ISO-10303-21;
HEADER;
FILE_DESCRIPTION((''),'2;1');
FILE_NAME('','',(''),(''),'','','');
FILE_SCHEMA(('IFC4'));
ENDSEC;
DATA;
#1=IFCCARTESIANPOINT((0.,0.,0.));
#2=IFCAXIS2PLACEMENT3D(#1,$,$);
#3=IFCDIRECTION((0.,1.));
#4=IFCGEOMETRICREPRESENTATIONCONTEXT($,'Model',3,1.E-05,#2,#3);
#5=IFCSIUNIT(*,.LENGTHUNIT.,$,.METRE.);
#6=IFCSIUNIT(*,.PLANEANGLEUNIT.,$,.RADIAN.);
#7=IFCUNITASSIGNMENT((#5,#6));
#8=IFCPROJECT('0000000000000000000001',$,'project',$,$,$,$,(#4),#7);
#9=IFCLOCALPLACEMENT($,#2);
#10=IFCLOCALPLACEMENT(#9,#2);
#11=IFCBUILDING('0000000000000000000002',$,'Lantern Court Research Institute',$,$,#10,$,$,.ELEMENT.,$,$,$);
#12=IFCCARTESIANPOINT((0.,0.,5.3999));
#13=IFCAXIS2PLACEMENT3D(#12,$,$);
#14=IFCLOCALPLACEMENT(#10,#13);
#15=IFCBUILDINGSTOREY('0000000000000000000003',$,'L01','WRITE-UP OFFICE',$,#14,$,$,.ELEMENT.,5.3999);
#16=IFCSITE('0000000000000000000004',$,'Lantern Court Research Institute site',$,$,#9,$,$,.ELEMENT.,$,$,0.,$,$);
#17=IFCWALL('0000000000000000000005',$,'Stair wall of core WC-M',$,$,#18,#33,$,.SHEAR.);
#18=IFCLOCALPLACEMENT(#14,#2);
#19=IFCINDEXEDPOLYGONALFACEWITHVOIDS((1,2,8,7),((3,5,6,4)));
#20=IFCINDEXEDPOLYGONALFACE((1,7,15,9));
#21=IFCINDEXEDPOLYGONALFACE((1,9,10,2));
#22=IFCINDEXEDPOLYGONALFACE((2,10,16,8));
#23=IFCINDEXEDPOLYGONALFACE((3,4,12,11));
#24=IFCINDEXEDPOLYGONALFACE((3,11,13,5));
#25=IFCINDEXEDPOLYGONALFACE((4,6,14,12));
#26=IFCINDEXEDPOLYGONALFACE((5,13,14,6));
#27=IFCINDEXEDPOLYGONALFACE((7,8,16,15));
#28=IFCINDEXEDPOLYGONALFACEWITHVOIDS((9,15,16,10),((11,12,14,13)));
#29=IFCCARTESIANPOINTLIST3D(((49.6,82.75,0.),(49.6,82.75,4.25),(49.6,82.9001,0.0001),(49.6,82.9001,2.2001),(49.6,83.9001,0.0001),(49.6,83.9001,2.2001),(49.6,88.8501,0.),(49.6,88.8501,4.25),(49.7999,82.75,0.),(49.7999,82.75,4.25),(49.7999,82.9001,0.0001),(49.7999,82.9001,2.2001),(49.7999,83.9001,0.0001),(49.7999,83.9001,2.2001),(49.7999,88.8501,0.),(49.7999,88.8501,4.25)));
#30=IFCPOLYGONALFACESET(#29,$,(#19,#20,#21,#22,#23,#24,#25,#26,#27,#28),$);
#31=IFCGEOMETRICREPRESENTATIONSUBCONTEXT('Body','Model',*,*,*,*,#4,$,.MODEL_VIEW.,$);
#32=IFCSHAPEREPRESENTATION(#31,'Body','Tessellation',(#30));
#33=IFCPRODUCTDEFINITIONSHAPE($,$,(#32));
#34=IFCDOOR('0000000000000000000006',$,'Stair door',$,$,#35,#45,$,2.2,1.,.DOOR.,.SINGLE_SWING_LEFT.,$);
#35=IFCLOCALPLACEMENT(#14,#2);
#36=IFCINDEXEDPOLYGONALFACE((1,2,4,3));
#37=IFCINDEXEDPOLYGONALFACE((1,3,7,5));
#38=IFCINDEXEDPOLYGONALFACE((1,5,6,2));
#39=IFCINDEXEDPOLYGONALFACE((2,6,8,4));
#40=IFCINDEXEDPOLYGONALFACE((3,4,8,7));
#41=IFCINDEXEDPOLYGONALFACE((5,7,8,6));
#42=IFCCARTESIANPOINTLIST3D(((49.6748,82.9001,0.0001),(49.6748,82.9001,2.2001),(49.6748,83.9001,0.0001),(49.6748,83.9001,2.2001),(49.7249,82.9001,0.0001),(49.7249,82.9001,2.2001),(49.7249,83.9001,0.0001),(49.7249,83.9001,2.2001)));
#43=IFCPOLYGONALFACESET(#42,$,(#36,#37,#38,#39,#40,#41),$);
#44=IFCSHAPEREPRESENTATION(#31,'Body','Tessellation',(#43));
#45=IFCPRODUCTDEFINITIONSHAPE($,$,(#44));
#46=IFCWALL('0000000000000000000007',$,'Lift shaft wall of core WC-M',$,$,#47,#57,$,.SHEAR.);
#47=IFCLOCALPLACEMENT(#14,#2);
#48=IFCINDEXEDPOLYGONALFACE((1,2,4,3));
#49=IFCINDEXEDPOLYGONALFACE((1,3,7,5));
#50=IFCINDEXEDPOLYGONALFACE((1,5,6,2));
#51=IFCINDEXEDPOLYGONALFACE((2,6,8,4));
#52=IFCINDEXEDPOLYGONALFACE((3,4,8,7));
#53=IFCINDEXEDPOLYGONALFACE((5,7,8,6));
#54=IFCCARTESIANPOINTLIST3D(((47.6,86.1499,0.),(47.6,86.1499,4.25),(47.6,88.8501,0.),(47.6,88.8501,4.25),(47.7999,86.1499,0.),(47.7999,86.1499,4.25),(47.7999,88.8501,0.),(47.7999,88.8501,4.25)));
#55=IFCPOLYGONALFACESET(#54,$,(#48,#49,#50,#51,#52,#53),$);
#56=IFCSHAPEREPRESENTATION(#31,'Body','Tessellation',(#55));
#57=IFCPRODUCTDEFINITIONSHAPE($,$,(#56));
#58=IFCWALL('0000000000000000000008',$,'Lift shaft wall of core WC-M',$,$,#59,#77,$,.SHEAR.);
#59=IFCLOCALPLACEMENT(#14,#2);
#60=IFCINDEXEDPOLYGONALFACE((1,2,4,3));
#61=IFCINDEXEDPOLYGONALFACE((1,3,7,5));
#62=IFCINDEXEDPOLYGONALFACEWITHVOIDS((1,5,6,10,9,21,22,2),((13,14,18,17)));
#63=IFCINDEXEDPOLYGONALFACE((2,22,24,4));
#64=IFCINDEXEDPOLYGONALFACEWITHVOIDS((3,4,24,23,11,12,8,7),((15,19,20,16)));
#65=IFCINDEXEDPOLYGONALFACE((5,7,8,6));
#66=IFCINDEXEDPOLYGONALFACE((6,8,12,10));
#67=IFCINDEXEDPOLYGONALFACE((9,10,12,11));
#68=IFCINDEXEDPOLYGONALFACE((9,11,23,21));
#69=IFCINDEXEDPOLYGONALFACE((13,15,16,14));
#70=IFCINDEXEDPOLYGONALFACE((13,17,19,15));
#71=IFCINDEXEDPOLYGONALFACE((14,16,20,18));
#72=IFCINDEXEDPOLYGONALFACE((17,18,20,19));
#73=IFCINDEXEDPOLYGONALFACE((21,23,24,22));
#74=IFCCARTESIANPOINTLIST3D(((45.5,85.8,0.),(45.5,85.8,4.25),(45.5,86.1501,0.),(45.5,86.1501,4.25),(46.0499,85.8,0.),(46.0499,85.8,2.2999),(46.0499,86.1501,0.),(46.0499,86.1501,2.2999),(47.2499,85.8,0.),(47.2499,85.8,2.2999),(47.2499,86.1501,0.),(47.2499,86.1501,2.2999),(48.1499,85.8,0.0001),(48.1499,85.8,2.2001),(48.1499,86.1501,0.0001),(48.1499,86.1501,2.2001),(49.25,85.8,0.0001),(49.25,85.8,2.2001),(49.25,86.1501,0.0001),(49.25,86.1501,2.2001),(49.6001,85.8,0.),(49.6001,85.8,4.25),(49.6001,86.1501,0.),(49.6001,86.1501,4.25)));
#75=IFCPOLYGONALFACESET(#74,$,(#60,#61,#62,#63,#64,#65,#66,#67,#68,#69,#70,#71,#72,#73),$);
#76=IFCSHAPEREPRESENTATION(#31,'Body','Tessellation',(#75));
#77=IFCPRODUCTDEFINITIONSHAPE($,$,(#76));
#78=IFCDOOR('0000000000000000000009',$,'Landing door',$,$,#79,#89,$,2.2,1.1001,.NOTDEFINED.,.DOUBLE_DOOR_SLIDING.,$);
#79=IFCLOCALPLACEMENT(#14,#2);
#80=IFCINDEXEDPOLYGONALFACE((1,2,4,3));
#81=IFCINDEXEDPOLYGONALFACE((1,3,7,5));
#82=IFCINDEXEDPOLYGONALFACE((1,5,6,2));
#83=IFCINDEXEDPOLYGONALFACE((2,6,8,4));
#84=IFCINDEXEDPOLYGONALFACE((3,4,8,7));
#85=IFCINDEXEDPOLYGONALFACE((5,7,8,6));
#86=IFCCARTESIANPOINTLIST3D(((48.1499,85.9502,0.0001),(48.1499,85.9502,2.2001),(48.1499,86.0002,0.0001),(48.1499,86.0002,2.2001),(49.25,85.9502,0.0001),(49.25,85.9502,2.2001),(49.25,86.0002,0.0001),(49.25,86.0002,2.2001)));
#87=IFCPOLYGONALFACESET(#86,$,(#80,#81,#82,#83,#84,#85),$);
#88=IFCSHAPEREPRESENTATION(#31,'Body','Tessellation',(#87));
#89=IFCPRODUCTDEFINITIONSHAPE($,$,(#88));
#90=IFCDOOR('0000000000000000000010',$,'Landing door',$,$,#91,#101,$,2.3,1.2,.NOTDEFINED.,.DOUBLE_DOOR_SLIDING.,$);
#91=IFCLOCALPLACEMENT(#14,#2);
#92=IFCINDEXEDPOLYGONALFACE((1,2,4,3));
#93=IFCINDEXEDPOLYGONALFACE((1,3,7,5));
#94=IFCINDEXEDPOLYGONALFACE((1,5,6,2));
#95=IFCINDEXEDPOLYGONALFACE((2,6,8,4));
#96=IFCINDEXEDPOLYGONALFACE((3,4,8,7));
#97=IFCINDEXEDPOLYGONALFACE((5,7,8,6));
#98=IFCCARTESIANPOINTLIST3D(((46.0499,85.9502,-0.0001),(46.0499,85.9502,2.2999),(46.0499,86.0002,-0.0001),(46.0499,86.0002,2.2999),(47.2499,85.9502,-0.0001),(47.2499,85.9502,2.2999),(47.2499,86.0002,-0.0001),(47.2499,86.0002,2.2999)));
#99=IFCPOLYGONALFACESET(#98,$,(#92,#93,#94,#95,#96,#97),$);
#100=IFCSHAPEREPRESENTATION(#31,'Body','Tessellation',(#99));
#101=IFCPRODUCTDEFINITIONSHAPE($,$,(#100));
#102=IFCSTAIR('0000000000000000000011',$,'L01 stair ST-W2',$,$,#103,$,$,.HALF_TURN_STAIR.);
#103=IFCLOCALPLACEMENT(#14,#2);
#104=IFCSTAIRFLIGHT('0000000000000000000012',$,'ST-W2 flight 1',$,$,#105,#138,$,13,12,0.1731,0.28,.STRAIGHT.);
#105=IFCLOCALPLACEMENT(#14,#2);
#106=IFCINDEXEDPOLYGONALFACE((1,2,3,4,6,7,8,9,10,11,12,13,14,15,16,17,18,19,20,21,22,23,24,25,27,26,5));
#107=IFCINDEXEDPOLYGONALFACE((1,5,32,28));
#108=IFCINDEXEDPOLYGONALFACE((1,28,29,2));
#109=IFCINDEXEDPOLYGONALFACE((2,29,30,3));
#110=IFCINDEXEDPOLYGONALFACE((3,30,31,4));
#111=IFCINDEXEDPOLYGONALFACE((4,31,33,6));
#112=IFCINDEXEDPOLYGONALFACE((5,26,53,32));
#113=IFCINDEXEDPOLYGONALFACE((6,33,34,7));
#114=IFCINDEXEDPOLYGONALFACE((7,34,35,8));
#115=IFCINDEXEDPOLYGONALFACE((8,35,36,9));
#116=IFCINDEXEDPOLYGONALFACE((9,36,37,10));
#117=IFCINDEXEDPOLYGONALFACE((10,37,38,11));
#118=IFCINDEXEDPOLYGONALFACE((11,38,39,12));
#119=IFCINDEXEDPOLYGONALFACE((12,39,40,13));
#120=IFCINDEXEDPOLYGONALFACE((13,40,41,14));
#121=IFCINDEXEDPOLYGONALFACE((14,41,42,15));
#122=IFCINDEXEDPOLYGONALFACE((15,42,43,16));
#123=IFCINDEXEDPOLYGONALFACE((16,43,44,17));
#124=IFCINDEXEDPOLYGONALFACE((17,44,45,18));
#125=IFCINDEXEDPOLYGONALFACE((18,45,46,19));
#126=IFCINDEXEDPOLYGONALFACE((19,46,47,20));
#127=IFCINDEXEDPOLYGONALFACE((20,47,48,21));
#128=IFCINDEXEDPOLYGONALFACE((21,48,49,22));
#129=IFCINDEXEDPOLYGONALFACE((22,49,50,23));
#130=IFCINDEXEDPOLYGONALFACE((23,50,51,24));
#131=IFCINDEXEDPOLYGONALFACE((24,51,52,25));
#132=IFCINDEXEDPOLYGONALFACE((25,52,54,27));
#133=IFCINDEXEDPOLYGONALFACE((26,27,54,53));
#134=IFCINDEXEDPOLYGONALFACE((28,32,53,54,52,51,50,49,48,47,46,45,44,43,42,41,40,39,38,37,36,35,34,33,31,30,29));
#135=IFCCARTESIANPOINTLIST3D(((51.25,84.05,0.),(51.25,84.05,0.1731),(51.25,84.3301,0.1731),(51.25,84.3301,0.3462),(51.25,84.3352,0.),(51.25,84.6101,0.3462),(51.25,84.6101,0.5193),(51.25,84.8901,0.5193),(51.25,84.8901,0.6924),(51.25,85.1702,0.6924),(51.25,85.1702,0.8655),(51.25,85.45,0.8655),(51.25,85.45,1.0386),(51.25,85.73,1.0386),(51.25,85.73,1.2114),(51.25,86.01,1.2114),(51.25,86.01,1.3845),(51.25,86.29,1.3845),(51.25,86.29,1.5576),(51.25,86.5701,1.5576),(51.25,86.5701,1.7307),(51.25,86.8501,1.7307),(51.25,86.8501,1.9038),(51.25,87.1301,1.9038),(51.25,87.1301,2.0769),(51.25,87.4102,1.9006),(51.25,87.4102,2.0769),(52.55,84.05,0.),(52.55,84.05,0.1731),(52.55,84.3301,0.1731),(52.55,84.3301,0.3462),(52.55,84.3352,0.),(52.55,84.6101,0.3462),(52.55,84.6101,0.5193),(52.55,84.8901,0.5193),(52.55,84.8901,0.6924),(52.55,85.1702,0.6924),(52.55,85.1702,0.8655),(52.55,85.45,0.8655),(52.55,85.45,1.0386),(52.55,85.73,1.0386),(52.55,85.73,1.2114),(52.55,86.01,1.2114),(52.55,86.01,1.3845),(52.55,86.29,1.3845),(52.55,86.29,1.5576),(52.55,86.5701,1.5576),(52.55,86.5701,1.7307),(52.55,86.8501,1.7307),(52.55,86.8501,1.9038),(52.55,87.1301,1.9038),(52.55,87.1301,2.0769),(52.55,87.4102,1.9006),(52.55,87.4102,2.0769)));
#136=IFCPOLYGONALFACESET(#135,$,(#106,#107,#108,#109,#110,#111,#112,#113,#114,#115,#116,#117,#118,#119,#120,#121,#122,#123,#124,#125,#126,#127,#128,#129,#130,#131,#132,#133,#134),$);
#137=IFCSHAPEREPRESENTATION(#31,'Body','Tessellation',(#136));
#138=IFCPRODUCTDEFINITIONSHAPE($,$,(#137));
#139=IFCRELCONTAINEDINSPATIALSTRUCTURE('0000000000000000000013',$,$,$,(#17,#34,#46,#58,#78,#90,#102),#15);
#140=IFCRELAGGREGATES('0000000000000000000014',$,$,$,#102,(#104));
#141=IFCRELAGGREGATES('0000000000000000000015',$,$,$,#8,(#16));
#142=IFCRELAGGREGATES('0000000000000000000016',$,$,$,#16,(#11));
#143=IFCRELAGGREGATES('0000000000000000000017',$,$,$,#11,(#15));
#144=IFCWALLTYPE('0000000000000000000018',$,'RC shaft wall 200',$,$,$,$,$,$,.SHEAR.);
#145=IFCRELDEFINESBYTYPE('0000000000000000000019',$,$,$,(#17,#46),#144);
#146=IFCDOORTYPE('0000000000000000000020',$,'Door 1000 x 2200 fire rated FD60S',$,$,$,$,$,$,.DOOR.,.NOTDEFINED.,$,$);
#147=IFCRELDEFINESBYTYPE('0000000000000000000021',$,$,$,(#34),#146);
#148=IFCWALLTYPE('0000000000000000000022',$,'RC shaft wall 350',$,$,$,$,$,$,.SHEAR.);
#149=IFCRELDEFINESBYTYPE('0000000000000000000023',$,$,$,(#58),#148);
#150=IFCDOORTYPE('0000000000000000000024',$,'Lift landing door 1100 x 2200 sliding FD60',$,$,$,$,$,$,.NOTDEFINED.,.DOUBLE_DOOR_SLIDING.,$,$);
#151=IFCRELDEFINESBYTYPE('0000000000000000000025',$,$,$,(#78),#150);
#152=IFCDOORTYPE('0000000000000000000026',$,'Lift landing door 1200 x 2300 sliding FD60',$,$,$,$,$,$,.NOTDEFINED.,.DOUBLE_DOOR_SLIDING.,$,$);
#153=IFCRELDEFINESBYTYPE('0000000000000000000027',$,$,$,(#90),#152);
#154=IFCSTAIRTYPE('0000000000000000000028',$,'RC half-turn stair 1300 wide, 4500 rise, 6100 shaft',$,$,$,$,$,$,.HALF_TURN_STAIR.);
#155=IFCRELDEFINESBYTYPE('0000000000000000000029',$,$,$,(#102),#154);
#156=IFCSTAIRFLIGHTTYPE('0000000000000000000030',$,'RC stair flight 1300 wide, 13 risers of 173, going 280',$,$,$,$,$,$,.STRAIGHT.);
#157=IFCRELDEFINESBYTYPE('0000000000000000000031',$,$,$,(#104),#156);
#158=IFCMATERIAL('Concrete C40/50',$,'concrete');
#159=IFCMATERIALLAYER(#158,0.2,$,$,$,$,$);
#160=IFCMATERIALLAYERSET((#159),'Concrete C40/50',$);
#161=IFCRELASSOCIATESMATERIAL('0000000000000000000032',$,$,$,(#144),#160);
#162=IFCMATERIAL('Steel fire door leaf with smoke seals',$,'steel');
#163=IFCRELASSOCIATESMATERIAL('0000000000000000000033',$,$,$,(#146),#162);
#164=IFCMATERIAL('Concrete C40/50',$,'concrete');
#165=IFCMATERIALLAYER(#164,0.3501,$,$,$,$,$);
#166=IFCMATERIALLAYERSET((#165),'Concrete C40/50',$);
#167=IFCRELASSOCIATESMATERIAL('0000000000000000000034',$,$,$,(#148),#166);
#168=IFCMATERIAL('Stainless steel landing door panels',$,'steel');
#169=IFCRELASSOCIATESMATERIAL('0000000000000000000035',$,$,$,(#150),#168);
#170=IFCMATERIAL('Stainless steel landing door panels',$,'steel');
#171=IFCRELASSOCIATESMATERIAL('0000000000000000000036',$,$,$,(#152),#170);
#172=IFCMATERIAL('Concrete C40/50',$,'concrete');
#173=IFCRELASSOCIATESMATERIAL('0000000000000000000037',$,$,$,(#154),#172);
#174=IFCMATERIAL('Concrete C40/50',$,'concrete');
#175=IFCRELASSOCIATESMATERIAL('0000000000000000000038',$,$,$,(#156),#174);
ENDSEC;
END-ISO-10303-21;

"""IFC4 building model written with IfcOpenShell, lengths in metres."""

from ifc_helpers import new_model, si_unit, direction, frame, frame_2d, origin, place, context, subcontext, project, spatial, polyline, rectangle, outline, extrude, material, layer, layer_set, type_object, element, fill, aggregate, save


model = new_model("IFC4")

# Units and contexts
model_context = context("Model", 3, precision=1e-05, world=origin(), true_north=direction((0.0, 1.0)))
body_context = subcontext(model_context, "Body", "Model", "MODEL_VIEW")
ifc_project = project(units=[si_unit("LENGTHUNIT", "METRE"), si_unit("PLANEANGLEUNIT", "RADIAN")], contexts=[model_context])

# Site, building, storey
site_placement = place(None, origin())
site = spatial("IfcSite", under=ifc_project, at=site_placement, Name="Lantern Court Research Institute site", CompositionType="ELEMENT", RefElevation=0.0)
building_placement = place(site_placement, origin())
building = spatial("IfcBuilding", under=site, at=building_placement, Name="Lantern Court Research Institute", CompositionType="ELEMENT")
storey_placement = place(building_placement, frame((0.0, 0.0, 5.3999)))
storey = spatial("IfcBuildingStorey", under=building, at=storey_placement, Name="L01", Description="WRITE-UP OFFICE", CompositionType="ELEMENT", Elevation=5.3999)

# Wall, opening, door
ifc_material_1 = material(Name="Concrete C40/50", Category="concrete")
ifc_layer_1 = layer(ifc_material_1, 0.2)
ifc_layer_set_1 = layer_set([ifc_layer_1], Name="Concrete C40/50")
wall_type_1 = type_object("IfcWallType", Name="RC shaft wall 200", PredefinedType="SHEAR", material=ifc_layer_set_1)
wall_1_placement = place(storey_placement, frame((49.7, 88.8501, 0.0), z_axis=(0.0, 0.0, 1.0), x_axis=(0.0, -1.0, 0.0)))
wall_1 = element("IfcWall", 1, at=wall_1_placement, inside=storey, type_object=wall_type_1, Name="Stair wall of core WC-M", PredefinedType="SHEAR", context=body_context, shape_type="SweptSolid", body=[
    extrude(rectangle(XDim=6.1001, YDim=0.2, at=frame_2d((3.05, 0.0))), origin(), (0.0, 0.0, 1.0), 4.25),
])
opening_1_placement = place(wall_1_placement, frame((4.95, 0.0, 0.0)))
opening_1 = element("IfcOpeningElement", 2, at=opening_1_placement, cuts=wall_1, PredefinedType="OPENING", context=body_context, shape_type="SweptSolid", body=[
    extrude(rectangle(XDim=1.0, YDim=2.2, at=frame_2d((0.5, 1.1001))), frame((0.0, 0.1099, 0.0), z_axis=(0.0, -1.0, 0.0), x_axis=(1.0, 0.0, 0.0)), (0.0, 0.0, 1.0), 0.22),
])
ifc_material_2 = material(Name="Steel fire door leaf with smoke seals", Category="steel")
door_type_1 = type_object("IfcDoorType", Name="Door 1000 x 2200 fire rated FD60S", OperationType="NOTDEFINED", PredefinedType="DOOR", material=ifc_material_2)
door_1_placement = place(opening_1_placement, origin())
door_1 = element("IfcDoor", 3, at=door_1_placement, inside=storey, type_object=door_type_1, Name="Stair door", OperationType="SINGLE_SWING_LEFT", OverallHeight=2.2, OverallWidth=1.0, PredefinedType="DOOR", context=body_context, shape_type="SweptSolid", body=[
    extrude(rectangle(XDim=1.0, YDim=2.2, at=frame_2d((0.5, 1.1001))), frame((0.0, 0.0249, 0.0), z_axis=(0.0, -1.0, 0.0), x_axis=(1.0, 0.0, 0.0)), (0.0, 0.0, 1.0), 0.05),
])
fill(opening_1, door_1)

# Wall
wall_2_placement = place(storey_placement, frame((47.7, 88.8501, 0.0), z_axis=(0.0, 0.0, 1.0), x_axis=(0.0, -1.0, 0.0)))
element("IfcWall", 4, at=wall_2_placement, inside=storey, type_object=wall_type_1, Name="Lift shaft wall of core WC-M", PredefinedType="SHEAR", context=body_context, shape_type="SweptSolid", body=[
    extrude(rectangle(XDim=2.7002, YDim=0.2, at=frame_2d((1.3501, 0.0))), origin(), (0.0, 0.0, 1.0), 4.25),
])

# Wall, openings, doors
ifc_material_3 = material(Name="Concrete C40/50", Category="concrete")
ifc_layer_2 = layer(ifc_material_3, 0.3501)
ifc_layer_set_2 = layer_set([ifc_layer_2], Name="Concrete C40/50")
wall_type_2 = type_object("IfcWallType", Name="RC shaft wall 350", PredefinedType="SHEAR", material=ifc_layer_set_2)
wall_3_placement = place(storey_placement, frame((49.6001, 85.9751, 0.0), z_axis=(0.0, 0.0, 1.0), x_axis=(-1.0, 0.0, 0.0)))
wall_3 = element("IfcWall", 5, at=wall_3_placement, inside=storey, type_object=wall_type_2, Name="Lift shaft wall of core WC-M", PredefinedType="SHEAR", context=body_context, shape_type="SweptSolid", body=[
    extrude(rectangle(XDim=4.1001, YDim=0.3501, at=frame_2d((2.05, 0.0))), origin(), (0.0, 0.0, 1.0), 4.25),
])
opening_2_placement = place(wall_3_placement, frame((0.3501, 0.0, 0.0)))
opening_2 = element("IfcOpeningElement", 6, at=opening_2_placement, cuts=wall_3, PredefinedType="OPENING", context=body_context, shape_type="SweptSolid", body=[
    extrude(rectangle(XDim=1.1001, YDim=2.2, at=frame_2d((0.55, 1.1001))), frame((0.0, 0.1851, 0.0), z_axis=(0.0, -1.0, 0.0), x_axis=(1.0, 0.0, 0.0)), (0.0, 0.0, 1.0), 0.3701),
])
opening_3_placement = place(wall_3_placement, frame((2.3501, 0.0, 0.0)))
opening_3 = element("IfcOpeningElement", 7, at=opening_3_placement, cuts=wall_3, PredefinedType="OPENING", context=body_context, shape_type="SweptSolid", body=[
    extrude(rectangle(XDim=1.2, YDim=2.3, at=frame_2d((0.6001, 1.1499))), frame((0.0, 0.1851, 0.0), z_axis=(0.0, -1.0, 0.0), x_axis=(1.0, 0.0, 0.0)), (0.0, 0.0, 1.0), 0.3701),
])
ifc_material_4 = material(Name="Stainless steel landing door panels", Category="steel")
door_type_2 = type_object("IfcDoorType", Name="Lift landing door 1100 x 2200 sliding FD60", OperationType="DOUBLE_DOOR_SLIDING", PredefinedType="NOTDEFINED", material=ifc_material_4)
door_2_placement = place(opening_2_placement, origin())
door_2 = element("IfcDoor", 8, at=door_2_placement, inside=storey, type_object=door_type_2, Name="Landing door", OperationType="DOUBLE_DOOR_SLIDING", OverallHeight=2.2, OverallWidth=1.1001, PredefinedType="NOTDEFINED", context=body_context, shape_type="SweptSolid", body=[
    extrude(rectangle(XDim=1.1001, YDim=2.2, at=frame_2d((0.55, 1.1001))), frame((0.0, 0.0249, 0.0), z_axis=(0.0, -1.0, 0.0), x_axis=(1.0, 0.0, 0.0)), (0.0, 0.0, 1.0), 0.05),
])
fill(opening_2, door_2)
ifc_material_5 = material(Name="Stainless steel landing door panels", Category="steel")
door_type_3 = type_object("IfcDoorType", Name="Lift landing door 1200 x 2300 sliding FD60", OperationType="DOUBLE_DOOR_SLIDING", PredefinedType="NOTDEFINED", material=ifc_material_5)
door_3_placement = place(opening_3_placement, origin())
door_3 = element("IfcDoor", 9, at=door_3_placement, inside=storey, type_object=door_type_3, Name="Landing door", OperationType="DOUBLE_DOOR_SLIDING", OverallHeight=2.3, OverallWidth=1.2, PredefinedType="NOTDEFINED", context=body_context, shape_type="SweptSolid", body=[
    extrude(rectangle(XDim=1.2, YDim=2.3, at=frame_2d((0.6001, 1.1499))), frame((0.0, 0.0249, 0.0), z_axis=(0.0, -1.0, 0.0), x_axis=(1.0, 0.0, 0.0)), (0.0, 0.0, 1.0), 0.05),
])
fill(opening_3, door_3)

# Stair, stair flight
ifc_material_6 = material(Name="Concrete C40/50", Category="concrete")
stair_type = type_object("IfcStairType", Name="RC half-turn stair 1300 wide, 4500 rise, 6100 shaft", PredefinedType="HALF_TURN_STAIR", material=ifc_material_6)
stair_placement = place(storey_placement, origin())
stair = element("IfcStair", 10, at=stair_placement, inside=storey, type_object=stair_type, Name="L01 stair ST-W2", PredefinedType="HALF_TURN_STAIR")
ifc_material_7 = material(Name="Concrete C40/50", Category="concrete")
stair_flight_type = type_object("IfcStairFlightType", Name="RC stair flight 1300 wide, 13 risers of 173, going 280", PredefinedType="STRAIGHT", material=ifc_material_7)
stair_flight_1_placement = place(storey_placement, frame((51.8999, 84.05, 0.0), z_axis=(0.0, 0.0, 1.0), x_axis=(0.0, 1.0, 0.0)))
stair_flight_1 = element("IfcStairFlight", 11, at=stair_flight_1_placement, type_object=stair_flight_type, Name="ST-W2 flight 1", NumberOfRisers=13, NumberOfTreads=12, PredefinedType="STRAIGHT", RiserHeight=0.1731, TreadLength=0.28, context=body_context, shape_type="SweptSolid", body=[
    extrude(outline(polyline([(0.0, 0.0), (0.0, 0.1731), (0.28, 0.1731), (0.28, 0.3462), (0.5601, 0.3462), (0.5601, 0.5193), (0.8401, 0.5193), (0.8401, 0.6924), (1.1201, 0.6924), (1.1201, 0.8655), (1.3999, 0.8655), (1.3999, 1.0386), (1.6799, 1.0386), (1.6799, 1.2114), (1.96, 1.2114), (1.96, 1.3845), (2.24, 1.3845), (2.24, 1.5576), (2.52, 1.5576), (2.52, 1.7307), (2.8, 1.7307), (2.8, 1.9038), (3.0801, 1.9038), (3.0801, 2.0769), (3.3601, 2.0769), (3.3601, 2.25), (3.3601, 1.9006), (0.2852, 0.0), (0.0, 0.0)])), frame((0.0, 0.6499, 0.0), z_axis=(0.0, -1.0, 0.0), x_axis=(1.0, 0.0, 0.0)), (0.0, 0.0, 1.0), 1.3),
])
aggregate(stair, [stair_flight_1])

save(model, "model.ifc")
